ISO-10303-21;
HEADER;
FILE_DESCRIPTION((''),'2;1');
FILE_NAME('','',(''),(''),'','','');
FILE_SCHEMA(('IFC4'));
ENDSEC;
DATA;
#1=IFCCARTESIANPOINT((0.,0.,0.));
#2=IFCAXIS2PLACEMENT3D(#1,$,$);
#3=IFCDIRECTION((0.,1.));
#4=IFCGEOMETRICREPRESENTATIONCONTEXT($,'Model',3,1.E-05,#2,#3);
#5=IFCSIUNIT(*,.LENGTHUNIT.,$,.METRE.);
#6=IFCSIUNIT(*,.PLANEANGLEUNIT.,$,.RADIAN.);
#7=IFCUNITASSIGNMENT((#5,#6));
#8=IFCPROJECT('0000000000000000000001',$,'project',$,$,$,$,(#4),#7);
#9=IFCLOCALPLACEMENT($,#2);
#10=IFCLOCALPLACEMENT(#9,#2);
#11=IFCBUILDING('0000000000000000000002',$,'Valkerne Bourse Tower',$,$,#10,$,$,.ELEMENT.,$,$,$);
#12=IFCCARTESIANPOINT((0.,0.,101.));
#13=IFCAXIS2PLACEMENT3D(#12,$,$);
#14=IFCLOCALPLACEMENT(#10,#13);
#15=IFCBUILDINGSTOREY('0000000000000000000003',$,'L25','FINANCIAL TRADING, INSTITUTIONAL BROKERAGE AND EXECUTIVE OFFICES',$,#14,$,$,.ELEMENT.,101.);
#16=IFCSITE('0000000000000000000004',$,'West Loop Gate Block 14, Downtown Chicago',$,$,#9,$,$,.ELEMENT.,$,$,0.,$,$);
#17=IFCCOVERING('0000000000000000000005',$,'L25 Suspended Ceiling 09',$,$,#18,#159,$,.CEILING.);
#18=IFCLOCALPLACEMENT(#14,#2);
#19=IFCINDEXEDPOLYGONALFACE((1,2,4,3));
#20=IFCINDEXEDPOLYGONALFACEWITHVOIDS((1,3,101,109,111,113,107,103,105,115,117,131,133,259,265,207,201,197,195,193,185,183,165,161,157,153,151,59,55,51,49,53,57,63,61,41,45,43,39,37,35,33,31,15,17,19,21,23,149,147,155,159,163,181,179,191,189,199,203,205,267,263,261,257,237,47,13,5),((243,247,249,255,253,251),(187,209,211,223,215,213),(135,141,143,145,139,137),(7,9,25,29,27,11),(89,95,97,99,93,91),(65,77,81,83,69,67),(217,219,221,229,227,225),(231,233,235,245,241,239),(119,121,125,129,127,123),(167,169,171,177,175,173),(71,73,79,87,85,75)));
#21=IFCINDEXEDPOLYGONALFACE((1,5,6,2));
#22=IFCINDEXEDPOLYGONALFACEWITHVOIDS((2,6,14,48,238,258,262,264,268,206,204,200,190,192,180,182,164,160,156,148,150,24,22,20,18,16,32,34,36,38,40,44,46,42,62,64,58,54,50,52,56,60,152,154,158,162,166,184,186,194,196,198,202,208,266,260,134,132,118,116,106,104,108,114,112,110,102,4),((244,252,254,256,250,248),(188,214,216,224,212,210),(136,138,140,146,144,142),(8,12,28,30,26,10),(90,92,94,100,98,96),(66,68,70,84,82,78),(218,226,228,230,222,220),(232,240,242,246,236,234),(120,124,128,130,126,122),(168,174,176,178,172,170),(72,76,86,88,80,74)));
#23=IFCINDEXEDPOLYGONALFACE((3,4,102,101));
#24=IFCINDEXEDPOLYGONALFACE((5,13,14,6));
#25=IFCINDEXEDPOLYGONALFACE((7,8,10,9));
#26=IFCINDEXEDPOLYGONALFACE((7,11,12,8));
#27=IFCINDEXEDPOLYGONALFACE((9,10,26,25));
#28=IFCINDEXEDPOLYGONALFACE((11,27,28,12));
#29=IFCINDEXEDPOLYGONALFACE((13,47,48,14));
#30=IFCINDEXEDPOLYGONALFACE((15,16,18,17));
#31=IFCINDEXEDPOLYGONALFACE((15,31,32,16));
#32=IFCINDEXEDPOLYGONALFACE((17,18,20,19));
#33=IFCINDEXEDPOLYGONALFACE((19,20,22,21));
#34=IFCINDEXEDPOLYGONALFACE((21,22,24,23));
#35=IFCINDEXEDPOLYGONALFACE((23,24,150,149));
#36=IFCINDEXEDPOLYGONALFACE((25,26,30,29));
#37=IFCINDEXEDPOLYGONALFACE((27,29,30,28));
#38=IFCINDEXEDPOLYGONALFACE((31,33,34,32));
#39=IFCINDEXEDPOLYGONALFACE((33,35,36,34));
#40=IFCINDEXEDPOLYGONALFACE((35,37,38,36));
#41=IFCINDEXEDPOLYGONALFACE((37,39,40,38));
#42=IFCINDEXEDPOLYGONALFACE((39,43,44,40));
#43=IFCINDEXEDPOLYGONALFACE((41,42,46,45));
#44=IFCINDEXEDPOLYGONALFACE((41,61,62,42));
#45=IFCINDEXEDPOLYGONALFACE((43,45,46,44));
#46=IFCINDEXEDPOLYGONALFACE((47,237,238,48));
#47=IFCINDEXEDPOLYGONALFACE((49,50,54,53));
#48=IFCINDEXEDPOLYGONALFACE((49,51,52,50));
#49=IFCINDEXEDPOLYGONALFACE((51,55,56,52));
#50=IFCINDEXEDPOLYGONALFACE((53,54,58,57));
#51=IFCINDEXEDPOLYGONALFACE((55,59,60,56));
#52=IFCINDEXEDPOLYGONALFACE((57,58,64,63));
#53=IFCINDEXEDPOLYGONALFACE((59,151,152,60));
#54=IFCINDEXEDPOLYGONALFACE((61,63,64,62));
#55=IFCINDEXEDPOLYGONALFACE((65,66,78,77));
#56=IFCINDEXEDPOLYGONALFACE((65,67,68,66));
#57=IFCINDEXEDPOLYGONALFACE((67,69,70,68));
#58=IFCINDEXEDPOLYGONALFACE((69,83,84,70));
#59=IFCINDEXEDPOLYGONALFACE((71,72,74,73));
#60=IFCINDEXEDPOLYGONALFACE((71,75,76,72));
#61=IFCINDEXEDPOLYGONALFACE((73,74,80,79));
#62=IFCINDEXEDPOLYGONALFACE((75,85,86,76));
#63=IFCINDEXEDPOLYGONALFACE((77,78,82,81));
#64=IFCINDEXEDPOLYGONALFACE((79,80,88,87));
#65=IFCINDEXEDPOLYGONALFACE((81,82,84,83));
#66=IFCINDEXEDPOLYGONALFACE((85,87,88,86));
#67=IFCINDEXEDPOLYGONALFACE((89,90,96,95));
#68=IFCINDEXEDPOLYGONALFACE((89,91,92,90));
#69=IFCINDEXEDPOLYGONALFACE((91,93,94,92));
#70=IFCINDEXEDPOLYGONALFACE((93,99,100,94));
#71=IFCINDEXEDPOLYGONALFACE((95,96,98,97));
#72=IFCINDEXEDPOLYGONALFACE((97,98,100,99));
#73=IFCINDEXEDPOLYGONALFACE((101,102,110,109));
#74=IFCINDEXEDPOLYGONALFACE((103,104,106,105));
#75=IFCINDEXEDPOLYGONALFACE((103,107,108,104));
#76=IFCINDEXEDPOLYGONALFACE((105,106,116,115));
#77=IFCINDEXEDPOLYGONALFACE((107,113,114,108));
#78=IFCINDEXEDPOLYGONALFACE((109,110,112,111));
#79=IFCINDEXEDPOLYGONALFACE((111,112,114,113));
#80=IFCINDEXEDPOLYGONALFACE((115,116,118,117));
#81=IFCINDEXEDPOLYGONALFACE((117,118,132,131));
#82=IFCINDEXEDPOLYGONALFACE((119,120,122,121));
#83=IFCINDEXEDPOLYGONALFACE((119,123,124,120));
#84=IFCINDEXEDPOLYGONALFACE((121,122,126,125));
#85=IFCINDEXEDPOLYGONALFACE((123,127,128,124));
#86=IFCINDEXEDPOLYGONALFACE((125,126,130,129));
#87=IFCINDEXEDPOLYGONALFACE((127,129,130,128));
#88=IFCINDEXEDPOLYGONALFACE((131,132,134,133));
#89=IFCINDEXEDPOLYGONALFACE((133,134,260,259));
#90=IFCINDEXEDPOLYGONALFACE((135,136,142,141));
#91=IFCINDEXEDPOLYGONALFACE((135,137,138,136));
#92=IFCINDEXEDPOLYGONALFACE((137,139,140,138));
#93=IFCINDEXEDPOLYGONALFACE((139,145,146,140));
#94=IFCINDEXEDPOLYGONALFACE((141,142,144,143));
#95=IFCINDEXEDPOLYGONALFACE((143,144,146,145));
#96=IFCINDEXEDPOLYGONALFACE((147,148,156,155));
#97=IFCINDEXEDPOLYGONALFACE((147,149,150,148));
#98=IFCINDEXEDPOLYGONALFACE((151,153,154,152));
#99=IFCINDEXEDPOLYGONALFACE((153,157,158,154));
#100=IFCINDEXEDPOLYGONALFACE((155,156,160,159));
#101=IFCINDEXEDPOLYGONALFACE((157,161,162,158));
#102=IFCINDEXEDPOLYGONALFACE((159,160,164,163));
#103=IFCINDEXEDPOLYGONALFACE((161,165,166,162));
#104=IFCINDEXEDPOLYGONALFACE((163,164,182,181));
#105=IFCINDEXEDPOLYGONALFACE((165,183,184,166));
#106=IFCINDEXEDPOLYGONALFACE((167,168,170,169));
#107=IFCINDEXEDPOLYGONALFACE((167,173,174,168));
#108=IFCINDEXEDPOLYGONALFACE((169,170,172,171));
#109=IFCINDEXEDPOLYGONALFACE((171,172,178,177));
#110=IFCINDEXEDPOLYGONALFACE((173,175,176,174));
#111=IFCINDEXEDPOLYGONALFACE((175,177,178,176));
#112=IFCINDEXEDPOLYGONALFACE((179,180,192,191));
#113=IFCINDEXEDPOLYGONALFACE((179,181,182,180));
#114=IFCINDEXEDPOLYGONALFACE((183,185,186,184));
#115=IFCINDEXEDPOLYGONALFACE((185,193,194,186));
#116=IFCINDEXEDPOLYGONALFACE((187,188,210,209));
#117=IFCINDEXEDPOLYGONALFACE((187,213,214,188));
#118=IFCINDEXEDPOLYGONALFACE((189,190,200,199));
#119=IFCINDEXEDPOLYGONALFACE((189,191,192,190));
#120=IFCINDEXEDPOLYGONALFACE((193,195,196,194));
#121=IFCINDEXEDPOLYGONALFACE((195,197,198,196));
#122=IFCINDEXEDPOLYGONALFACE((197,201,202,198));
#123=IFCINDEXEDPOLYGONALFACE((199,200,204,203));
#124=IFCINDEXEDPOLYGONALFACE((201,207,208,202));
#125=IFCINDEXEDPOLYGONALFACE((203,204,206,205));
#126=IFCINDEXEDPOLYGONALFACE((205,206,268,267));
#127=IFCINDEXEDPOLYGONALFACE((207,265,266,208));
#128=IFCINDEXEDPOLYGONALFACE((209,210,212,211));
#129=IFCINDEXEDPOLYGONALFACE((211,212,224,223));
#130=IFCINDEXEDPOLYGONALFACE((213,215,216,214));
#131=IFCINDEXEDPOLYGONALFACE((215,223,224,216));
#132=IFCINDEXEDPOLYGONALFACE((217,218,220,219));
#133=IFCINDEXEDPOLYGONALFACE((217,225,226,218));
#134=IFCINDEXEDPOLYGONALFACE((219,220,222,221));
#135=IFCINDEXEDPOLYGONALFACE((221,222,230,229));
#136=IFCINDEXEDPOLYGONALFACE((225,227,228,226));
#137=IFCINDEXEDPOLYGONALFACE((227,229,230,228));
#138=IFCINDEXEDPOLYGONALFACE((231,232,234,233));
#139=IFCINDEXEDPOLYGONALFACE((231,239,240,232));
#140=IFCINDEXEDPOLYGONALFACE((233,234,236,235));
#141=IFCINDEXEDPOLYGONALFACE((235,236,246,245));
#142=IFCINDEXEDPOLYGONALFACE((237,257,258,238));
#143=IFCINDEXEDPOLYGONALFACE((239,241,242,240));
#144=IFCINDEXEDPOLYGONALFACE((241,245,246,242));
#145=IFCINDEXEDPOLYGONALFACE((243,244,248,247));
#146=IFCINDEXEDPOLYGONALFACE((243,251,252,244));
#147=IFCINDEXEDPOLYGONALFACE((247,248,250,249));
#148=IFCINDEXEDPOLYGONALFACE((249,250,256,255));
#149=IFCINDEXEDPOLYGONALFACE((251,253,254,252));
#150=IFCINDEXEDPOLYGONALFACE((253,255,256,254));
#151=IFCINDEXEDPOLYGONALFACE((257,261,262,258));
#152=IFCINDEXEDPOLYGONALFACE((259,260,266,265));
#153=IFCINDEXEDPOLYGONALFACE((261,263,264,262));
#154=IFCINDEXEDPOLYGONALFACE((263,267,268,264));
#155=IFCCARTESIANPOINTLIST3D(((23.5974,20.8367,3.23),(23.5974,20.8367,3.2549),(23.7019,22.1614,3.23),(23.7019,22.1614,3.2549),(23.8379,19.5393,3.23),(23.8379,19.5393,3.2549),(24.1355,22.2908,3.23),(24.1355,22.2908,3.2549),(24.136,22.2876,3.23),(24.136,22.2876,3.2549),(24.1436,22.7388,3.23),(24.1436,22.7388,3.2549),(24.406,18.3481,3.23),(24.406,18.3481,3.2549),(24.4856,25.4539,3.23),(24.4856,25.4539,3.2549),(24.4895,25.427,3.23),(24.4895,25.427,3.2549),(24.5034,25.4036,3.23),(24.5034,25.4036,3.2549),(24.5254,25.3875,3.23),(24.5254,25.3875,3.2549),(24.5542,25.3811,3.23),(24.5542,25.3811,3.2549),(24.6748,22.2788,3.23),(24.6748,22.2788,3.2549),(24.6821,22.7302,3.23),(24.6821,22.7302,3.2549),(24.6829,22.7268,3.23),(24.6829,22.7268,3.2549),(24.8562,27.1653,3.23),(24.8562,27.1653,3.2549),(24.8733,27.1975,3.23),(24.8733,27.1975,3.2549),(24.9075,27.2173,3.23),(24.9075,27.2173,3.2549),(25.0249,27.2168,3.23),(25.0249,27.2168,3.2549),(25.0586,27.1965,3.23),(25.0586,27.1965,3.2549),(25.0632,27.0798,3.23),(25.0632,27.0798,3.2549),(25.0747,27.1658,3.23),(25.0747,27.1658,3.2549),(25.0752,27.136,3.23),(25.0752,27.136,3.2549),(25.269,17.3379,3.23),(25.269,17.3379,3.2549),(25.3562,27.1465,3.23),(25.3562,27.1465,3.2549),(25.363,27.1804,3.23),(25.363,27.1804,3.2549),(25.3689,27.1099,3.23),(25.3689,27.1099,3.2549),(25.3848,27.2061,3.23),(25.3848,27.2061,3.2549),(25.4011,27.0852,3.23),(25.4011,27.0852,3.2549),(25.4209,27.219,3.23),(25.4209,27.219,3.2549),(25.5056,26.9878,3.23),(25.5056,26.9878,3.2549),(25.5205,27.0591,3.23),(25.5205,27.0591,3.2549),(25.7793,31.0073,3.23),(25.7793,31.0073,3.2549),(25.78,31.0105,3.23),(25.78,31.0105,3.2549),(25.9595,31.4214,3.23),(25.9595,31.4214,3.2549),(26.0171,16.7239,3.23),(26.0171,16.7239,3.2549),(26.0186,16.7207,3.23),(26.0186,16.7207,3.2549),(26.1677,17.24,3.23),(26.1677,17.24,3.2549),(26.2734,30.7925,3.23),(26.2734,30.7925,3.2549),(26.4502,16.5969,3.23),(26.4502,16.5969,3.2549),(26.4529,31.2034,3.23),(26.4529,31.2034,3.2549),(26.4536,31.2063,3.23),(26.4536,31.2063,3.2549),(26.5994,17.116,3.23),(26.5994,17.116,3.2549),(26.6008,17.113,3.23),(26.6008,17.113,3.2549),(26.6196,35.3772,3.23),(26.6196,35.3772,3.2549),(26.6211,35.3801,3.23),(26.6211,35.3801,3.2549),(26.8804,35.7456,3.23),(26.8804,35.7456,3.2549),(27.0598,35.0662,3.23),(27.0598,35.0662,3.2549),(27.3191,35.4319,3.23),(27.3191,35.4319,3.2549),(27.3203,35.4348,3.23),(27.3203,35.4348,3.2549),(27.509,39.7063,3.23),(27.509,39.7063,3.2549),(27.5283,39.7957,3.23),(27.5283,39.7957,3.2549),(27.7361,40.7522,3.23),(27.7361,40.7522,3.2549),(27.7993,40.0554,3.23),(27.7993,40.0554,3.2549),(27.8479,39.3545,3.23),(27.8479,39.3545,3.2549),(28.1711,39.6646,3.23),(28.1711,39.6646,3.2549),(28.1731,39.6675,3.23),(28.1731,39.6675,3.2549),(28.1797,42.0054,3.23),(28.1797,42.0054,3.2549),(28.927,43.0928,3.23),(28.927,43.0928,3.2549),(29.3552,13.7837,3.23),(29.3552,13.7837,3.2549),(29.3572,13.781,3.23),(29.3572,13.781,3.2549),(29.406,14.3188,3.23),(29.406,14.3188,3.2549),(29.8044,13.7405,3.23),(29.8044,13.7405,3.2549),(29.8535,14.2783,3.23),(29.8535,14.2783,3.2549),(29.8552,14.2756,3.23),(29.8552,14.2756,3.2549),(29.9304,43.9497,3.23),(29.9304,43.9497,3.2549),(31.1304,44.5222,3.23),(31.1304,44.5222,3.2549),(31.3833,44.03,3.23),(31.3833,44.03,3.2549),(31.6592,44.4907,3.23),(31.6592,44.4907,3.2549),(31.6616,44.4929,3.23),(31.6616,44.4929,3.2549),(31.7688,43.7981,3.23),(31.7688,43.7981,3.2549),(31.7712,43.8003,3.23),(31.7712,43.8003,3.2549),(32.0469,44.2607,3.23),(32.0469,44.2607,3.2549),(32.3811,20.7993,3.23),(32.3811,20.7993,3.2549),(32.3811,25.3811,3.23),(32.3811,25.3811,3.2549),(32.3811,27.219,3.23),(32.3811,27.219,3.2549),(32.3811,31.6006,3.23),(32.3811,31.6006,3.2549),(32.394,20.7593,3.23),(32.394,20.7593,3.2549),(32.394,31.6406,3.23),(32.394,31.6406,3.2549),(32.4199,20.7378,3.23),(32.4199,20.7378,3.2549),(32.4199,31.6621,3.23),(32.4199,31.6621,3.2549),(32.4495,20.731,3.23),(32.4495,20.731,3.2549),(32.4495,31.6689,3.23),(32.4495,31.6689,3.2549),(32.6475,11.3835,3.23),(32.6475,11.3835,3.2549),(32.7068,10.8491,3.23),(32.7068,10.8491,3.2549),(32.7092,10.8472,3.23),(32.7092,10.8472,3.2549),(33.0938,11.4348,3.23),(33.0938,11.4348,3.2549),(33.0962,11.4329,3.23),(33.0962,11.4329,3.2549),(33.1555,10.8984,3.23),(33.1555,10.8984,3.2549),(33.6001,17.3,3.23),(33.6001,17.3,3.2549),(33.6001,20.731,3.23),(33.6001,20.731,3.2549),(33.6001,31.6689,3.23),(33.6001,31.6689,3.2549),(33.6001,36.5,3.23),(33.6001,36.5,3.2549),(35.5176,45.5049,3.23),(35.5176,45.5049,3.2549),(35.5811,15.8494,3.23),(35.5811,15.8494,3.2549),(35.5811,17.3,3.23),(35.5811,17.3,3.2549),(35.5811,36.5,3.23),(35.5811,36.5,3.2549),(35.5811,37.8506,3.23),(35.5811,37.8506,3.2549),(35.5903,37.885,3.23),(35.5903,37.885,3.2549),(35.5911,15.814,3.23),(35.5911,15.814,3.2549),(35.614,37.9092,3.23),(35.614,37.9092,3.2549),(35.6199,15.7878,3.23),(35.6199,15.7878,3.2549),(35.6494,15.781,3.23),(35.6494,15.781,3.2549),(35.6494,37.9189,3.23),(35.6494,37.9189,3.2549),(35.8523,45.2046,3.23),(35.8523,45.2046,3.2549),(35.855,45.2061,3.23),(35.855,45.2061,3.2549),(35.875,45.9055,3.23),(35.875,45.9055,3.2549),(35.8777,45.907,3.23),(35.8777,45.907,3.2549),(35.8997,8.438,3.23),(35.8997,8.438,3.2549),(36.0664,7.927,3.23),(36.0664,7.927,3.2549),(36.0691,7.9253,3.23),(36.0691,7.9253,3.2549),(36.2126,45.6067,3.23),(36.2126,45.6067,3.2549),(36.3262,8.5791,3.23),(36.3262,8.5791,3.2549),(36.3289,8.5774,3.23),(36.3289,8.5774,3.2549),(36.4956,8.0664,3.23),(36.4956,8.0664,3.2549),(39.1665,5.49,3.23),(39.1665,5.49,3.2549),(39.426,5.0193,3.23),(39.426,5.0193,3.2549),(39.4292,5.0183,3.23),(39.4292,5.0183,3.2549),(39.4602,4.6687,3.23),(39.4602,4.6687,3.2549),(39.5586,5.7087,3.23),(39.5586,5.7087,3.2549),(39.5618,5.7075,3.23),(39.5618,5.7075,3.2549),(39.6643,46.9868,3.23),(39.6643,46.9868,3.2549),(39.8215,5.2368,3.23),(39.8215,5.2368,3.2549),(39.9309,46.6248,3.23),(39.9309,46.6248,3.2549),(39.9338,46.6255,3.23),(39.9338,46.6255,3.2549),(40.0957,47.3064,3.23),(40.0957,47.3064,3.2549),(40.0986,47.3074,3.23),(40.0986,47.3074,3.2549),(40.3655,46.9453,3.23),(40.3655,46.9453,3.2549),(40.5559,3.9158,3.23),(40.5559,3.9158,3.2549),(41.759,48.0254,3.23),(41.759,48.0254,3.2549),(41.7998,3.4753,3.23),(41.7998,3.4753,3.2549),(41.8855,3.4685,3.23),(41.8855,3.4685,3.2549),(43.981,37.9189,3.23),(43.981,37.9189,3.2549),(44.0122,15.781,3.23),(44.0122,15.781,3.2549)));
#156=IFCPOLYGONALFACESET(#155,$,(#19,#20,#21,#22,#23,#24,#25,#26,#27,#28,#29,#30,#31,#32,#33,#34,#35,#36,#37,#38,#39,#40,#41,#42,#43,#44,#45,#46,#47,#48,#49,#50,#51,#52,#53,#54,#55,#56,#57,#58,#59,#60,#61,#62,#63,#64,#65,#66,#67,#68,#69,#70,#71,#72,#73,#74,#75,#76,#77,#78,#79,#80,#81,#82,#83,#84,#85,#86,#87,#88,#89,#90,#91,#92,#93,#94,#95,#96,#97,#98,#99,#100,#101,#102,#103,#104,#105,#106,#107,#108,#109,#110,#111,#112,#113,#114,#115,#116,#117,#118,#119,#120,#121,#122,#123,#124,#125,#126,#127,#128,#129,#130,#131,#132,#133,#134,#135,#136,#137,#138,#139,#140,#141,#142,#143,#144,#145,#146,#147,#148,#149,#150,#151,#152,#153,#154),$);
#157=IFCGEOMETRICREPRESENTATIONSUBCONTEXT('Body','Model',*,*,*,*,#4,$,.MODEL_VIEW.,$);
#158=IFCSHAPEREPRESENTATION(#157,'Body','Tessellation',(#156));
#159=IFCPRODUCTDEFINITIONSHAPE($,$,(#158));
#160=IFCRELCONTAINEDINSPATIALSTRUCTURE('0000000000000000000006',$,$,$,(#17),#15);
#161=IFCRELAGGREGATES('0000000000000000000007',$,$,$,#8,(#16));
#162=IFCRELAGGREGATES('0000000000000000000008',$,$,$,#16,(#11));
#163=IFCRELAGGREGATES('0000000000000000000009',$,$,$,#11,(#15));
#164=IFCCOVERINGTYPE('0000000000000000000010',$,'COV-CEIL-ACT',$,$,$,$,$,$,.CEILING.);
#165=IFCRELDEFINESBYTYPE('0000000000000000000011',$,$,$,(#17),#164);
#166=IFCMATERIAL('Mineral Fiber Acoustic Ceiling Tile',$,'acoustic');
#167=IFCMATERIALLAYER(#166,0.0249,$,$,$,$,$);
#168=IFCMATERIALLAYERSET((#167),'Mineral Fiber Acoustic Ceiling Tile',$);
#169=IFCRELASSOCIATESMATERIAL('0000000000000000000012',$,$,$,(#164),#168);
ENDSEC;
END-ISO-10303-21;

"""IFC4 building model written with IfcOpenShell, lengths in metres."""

from ifc_helpers import new_model, si_unit, direction, frame, origin, place, context, subcontext, project, spatial, polyline, outline, extrude, material, layer, layer_set, type_object, element, save


model = new_model("IFC4")

# Units and contexts
model_context = context("Model", 3, precision=1e-05, world=origin(), true_north=direction((0.0, 1.0)))
body_context = subcontext(model_context, "Body", "Model", "MODEL_VIEW")
ifc_project = project(units=[si_unit("LENGTHUNIT", "METRE"), si_unit("PLANEANGLEUNIT", "RADIAN")], contexts=[model_context])

# Site, building, storey
site_placement = place(None, origin())
site = spatial("IfcSite", under=ifc_project, at=site_placement, Name="West Loop Gate Block 14, Downtown Chicago", CompositionType="ELEMENT", RefElevation=0.0)
building_placement = place(site_placement, origin())
building = spatial("IfcBuilding", under=site, at=building_placement, Name="Valkerne Bourse Tower", CompositionType="ELEMENT")
storey_placement = place(building_placement, frame((0.0, 0.0, 101.0)))
storey = spatial("IfcBuildingStorey", under=building, at=storey_placement, Name="L25", Description="FINANCIAL TRADING, INSTITUTIONAL BROKERAGE AND EXECUTIVE OFFICES", CompositionType="ELEMENT", Elevation=101.0)

# Covering
ifc_material_1 = material(Name="Mineral Fiber Acoustic Ceiling Tile", Category="acoustic")
ifc_layer_1 = layer(ifc_material_1, 0.0249)
ifc_layer_set_1 = layer_set([ifc_layer_1], Name="Mineral Fiber Acoustic Ceiling Tile")
covering_type_1 = type_object("IfcCoveringType", Name="COV-CEIL-ACT", PredefinedType="CEILING", material=ifc_layer_set_1)
covering_1_placement = place(storey_placement, frame((0.0, 0.0, 3.23)))
element("IfcCovering", 1, at=covering_1_placement, inside=storey, type_object=covering_type_1, Name="L25 Suspended Ceiling 09", PredefinedType="CEILING", context=body_context, shape_type="SweptSolid", body=[
    extrude(outline(polyline([(39.4602, 4.6687), (25.269, 17.3379), (24.406, 18.3481), (23.8379, 19.5393), (23.5974, 20.8367), (23.7019, 22.1614), (27.509, 39.7063), (27.8479, 39.3545), (28.1711, 39.6646), (28.1731, 39.6675), (27.7993, 40.0554), (27.5283, 39.7957), (27.7361, 40.7522), (28.1797, 42.0054), (28.927, 43.0928), (29.9304, 43.9497), (31.1304, 44.5222), (41.759, 48.0254), (43.981, 37.9189), (35.6494, 37.9189), (35.614, 37.9092), (35.5903, 37.885), (35.5811, 37.8506), (35.5811, 36.5), (33.6001, 36.5), (33.6001, 31.6689), (32.4495, 31.6689), (32.4199, 31.6621), (32.394, 31.6406), (32.3811, 31.6006), (32.3811, 27.219), (25.4209, 27.219), (25.3848, 27.2061), (25.363, 27.1804), (25.3562, 27.1465), (25.3689, 27.1099), (25.4011, 27.0852), (25.5205, 27.0591), (25.5056, 26.9878), (25.0632, 27.0798), (25.0752, 27.136), (25.0747, 27.1658), (25.0586, 27.1965), (25.0249, 27.2168), (24.9075, 27.2173), (24.8733, 27.1975), (24.8562, 27.1653), (24.4856, 25.4539), (24.4895, 25.427), (24.5034, 25.4036), (24.5254, 25.3875), (24.5542, 25.3811), (32.3811, 25.3811), (32.3811, 20.7993), (32.394, 20.7593), (32.4199, 20.7378), (32.4495, 20.731), (33.6001, 20.731), (33.6001, 17.3), (35.5811, 17.3), (35.5811, 15.8494), (35.5911, 15.814), (35.6199, 15.7878), (35.6494, 15.781), (44.0122, 15.781), (41.8855, 3.4685), (41.7998, 3.4753), (40.5559, 3.9158), (39.4602, 4.6687)]), holes=[polyline([(36.3289, 8.5774), (36.3262, 8.5791), (35.8997, 8.438), (36.0664, 7.927), (36.0691, 7.9253), (36.4956, 8.0664), (36.3289, 8.5774)]), polyline([(33.0962, 11.4329), (33.0938, 11.4348), (32.6475, 11.3835), (32.7068, 10.8491), (32.7092, 10.8472), (33.1555, 10.8984), (33.0962, 11.4329)]), polyline([(29.8552, 14.2756), (29.8535, 14.2783), (29.406, 14.3188), (29.3552, 13.7837), (29.3572, 13.781), (29.8044, 13.7405), (29.8552, 14.2756)]), polyline([(26.6008, 17.113), (26.5994, 17.116), (26.1677, 17.24), (26.0171, 16.7239), (26.0186, 16.7207), (26.4502, 16.5969), (26.6008, 17.113)]), polyline([(24.6821, 22.7302), (24.1436, 22.7388), (24.1355, 22.2908), (24.136, 22.2876), (24.6748, 22.2788), (24.6829, 22.7268), (24.6821, 22.7302)]), polyline([(26.4529, 31.2034), (26.4536, 31.2063), (25.9595, 31.4214), (25.78, 31.0105), (25.7793, 31.0073), (26.2734, 30.7925), (26.4529, 31.2034)]), polyline([(27.3203, 35.4348), (26.8804, 35.7456), (26.6211, 35.3801), (26.6196, 35.3772), (27.0598, 35.0662), (27.3191, 35.4319), (27.3203, 35.4348)]), polyline([(32.0469, 44.2607), (31.6616, 44.4929), (31.6592, 44.4907), (31.3833, 44.03), (31.7688, 43.7981), (31.7712, 43.8003), (32.0469, 44.2607)]), polyline([(35.855, 45.2061), (36.2126, 45.6067), (35.8777, 45.907), (35.875, 45.9055), (35.5176, 45.5049), (35.8523, 45.2046), (35.855, 45.2061)]), polyline([(39.5618, 5.7075), (39.5586, 5.7087), (39.1665, 5.49), (39.426, 5.0193), (39.4292, 5.0183), (39.8215, 5.2368), (39.5618, 5.7075)]), polyline([(39.9338, 46.6255), (40.3655, 46.9453), (40.0986, 47.3074), (40.0957, 47.3064), (39.6643, 46.9868), (39.9309, 46.6248), (39.9338, 46.6255)])]), origin(), (0.0, 0.0, 1.0), 0.0249),
])

save(model, "model.ifc")
